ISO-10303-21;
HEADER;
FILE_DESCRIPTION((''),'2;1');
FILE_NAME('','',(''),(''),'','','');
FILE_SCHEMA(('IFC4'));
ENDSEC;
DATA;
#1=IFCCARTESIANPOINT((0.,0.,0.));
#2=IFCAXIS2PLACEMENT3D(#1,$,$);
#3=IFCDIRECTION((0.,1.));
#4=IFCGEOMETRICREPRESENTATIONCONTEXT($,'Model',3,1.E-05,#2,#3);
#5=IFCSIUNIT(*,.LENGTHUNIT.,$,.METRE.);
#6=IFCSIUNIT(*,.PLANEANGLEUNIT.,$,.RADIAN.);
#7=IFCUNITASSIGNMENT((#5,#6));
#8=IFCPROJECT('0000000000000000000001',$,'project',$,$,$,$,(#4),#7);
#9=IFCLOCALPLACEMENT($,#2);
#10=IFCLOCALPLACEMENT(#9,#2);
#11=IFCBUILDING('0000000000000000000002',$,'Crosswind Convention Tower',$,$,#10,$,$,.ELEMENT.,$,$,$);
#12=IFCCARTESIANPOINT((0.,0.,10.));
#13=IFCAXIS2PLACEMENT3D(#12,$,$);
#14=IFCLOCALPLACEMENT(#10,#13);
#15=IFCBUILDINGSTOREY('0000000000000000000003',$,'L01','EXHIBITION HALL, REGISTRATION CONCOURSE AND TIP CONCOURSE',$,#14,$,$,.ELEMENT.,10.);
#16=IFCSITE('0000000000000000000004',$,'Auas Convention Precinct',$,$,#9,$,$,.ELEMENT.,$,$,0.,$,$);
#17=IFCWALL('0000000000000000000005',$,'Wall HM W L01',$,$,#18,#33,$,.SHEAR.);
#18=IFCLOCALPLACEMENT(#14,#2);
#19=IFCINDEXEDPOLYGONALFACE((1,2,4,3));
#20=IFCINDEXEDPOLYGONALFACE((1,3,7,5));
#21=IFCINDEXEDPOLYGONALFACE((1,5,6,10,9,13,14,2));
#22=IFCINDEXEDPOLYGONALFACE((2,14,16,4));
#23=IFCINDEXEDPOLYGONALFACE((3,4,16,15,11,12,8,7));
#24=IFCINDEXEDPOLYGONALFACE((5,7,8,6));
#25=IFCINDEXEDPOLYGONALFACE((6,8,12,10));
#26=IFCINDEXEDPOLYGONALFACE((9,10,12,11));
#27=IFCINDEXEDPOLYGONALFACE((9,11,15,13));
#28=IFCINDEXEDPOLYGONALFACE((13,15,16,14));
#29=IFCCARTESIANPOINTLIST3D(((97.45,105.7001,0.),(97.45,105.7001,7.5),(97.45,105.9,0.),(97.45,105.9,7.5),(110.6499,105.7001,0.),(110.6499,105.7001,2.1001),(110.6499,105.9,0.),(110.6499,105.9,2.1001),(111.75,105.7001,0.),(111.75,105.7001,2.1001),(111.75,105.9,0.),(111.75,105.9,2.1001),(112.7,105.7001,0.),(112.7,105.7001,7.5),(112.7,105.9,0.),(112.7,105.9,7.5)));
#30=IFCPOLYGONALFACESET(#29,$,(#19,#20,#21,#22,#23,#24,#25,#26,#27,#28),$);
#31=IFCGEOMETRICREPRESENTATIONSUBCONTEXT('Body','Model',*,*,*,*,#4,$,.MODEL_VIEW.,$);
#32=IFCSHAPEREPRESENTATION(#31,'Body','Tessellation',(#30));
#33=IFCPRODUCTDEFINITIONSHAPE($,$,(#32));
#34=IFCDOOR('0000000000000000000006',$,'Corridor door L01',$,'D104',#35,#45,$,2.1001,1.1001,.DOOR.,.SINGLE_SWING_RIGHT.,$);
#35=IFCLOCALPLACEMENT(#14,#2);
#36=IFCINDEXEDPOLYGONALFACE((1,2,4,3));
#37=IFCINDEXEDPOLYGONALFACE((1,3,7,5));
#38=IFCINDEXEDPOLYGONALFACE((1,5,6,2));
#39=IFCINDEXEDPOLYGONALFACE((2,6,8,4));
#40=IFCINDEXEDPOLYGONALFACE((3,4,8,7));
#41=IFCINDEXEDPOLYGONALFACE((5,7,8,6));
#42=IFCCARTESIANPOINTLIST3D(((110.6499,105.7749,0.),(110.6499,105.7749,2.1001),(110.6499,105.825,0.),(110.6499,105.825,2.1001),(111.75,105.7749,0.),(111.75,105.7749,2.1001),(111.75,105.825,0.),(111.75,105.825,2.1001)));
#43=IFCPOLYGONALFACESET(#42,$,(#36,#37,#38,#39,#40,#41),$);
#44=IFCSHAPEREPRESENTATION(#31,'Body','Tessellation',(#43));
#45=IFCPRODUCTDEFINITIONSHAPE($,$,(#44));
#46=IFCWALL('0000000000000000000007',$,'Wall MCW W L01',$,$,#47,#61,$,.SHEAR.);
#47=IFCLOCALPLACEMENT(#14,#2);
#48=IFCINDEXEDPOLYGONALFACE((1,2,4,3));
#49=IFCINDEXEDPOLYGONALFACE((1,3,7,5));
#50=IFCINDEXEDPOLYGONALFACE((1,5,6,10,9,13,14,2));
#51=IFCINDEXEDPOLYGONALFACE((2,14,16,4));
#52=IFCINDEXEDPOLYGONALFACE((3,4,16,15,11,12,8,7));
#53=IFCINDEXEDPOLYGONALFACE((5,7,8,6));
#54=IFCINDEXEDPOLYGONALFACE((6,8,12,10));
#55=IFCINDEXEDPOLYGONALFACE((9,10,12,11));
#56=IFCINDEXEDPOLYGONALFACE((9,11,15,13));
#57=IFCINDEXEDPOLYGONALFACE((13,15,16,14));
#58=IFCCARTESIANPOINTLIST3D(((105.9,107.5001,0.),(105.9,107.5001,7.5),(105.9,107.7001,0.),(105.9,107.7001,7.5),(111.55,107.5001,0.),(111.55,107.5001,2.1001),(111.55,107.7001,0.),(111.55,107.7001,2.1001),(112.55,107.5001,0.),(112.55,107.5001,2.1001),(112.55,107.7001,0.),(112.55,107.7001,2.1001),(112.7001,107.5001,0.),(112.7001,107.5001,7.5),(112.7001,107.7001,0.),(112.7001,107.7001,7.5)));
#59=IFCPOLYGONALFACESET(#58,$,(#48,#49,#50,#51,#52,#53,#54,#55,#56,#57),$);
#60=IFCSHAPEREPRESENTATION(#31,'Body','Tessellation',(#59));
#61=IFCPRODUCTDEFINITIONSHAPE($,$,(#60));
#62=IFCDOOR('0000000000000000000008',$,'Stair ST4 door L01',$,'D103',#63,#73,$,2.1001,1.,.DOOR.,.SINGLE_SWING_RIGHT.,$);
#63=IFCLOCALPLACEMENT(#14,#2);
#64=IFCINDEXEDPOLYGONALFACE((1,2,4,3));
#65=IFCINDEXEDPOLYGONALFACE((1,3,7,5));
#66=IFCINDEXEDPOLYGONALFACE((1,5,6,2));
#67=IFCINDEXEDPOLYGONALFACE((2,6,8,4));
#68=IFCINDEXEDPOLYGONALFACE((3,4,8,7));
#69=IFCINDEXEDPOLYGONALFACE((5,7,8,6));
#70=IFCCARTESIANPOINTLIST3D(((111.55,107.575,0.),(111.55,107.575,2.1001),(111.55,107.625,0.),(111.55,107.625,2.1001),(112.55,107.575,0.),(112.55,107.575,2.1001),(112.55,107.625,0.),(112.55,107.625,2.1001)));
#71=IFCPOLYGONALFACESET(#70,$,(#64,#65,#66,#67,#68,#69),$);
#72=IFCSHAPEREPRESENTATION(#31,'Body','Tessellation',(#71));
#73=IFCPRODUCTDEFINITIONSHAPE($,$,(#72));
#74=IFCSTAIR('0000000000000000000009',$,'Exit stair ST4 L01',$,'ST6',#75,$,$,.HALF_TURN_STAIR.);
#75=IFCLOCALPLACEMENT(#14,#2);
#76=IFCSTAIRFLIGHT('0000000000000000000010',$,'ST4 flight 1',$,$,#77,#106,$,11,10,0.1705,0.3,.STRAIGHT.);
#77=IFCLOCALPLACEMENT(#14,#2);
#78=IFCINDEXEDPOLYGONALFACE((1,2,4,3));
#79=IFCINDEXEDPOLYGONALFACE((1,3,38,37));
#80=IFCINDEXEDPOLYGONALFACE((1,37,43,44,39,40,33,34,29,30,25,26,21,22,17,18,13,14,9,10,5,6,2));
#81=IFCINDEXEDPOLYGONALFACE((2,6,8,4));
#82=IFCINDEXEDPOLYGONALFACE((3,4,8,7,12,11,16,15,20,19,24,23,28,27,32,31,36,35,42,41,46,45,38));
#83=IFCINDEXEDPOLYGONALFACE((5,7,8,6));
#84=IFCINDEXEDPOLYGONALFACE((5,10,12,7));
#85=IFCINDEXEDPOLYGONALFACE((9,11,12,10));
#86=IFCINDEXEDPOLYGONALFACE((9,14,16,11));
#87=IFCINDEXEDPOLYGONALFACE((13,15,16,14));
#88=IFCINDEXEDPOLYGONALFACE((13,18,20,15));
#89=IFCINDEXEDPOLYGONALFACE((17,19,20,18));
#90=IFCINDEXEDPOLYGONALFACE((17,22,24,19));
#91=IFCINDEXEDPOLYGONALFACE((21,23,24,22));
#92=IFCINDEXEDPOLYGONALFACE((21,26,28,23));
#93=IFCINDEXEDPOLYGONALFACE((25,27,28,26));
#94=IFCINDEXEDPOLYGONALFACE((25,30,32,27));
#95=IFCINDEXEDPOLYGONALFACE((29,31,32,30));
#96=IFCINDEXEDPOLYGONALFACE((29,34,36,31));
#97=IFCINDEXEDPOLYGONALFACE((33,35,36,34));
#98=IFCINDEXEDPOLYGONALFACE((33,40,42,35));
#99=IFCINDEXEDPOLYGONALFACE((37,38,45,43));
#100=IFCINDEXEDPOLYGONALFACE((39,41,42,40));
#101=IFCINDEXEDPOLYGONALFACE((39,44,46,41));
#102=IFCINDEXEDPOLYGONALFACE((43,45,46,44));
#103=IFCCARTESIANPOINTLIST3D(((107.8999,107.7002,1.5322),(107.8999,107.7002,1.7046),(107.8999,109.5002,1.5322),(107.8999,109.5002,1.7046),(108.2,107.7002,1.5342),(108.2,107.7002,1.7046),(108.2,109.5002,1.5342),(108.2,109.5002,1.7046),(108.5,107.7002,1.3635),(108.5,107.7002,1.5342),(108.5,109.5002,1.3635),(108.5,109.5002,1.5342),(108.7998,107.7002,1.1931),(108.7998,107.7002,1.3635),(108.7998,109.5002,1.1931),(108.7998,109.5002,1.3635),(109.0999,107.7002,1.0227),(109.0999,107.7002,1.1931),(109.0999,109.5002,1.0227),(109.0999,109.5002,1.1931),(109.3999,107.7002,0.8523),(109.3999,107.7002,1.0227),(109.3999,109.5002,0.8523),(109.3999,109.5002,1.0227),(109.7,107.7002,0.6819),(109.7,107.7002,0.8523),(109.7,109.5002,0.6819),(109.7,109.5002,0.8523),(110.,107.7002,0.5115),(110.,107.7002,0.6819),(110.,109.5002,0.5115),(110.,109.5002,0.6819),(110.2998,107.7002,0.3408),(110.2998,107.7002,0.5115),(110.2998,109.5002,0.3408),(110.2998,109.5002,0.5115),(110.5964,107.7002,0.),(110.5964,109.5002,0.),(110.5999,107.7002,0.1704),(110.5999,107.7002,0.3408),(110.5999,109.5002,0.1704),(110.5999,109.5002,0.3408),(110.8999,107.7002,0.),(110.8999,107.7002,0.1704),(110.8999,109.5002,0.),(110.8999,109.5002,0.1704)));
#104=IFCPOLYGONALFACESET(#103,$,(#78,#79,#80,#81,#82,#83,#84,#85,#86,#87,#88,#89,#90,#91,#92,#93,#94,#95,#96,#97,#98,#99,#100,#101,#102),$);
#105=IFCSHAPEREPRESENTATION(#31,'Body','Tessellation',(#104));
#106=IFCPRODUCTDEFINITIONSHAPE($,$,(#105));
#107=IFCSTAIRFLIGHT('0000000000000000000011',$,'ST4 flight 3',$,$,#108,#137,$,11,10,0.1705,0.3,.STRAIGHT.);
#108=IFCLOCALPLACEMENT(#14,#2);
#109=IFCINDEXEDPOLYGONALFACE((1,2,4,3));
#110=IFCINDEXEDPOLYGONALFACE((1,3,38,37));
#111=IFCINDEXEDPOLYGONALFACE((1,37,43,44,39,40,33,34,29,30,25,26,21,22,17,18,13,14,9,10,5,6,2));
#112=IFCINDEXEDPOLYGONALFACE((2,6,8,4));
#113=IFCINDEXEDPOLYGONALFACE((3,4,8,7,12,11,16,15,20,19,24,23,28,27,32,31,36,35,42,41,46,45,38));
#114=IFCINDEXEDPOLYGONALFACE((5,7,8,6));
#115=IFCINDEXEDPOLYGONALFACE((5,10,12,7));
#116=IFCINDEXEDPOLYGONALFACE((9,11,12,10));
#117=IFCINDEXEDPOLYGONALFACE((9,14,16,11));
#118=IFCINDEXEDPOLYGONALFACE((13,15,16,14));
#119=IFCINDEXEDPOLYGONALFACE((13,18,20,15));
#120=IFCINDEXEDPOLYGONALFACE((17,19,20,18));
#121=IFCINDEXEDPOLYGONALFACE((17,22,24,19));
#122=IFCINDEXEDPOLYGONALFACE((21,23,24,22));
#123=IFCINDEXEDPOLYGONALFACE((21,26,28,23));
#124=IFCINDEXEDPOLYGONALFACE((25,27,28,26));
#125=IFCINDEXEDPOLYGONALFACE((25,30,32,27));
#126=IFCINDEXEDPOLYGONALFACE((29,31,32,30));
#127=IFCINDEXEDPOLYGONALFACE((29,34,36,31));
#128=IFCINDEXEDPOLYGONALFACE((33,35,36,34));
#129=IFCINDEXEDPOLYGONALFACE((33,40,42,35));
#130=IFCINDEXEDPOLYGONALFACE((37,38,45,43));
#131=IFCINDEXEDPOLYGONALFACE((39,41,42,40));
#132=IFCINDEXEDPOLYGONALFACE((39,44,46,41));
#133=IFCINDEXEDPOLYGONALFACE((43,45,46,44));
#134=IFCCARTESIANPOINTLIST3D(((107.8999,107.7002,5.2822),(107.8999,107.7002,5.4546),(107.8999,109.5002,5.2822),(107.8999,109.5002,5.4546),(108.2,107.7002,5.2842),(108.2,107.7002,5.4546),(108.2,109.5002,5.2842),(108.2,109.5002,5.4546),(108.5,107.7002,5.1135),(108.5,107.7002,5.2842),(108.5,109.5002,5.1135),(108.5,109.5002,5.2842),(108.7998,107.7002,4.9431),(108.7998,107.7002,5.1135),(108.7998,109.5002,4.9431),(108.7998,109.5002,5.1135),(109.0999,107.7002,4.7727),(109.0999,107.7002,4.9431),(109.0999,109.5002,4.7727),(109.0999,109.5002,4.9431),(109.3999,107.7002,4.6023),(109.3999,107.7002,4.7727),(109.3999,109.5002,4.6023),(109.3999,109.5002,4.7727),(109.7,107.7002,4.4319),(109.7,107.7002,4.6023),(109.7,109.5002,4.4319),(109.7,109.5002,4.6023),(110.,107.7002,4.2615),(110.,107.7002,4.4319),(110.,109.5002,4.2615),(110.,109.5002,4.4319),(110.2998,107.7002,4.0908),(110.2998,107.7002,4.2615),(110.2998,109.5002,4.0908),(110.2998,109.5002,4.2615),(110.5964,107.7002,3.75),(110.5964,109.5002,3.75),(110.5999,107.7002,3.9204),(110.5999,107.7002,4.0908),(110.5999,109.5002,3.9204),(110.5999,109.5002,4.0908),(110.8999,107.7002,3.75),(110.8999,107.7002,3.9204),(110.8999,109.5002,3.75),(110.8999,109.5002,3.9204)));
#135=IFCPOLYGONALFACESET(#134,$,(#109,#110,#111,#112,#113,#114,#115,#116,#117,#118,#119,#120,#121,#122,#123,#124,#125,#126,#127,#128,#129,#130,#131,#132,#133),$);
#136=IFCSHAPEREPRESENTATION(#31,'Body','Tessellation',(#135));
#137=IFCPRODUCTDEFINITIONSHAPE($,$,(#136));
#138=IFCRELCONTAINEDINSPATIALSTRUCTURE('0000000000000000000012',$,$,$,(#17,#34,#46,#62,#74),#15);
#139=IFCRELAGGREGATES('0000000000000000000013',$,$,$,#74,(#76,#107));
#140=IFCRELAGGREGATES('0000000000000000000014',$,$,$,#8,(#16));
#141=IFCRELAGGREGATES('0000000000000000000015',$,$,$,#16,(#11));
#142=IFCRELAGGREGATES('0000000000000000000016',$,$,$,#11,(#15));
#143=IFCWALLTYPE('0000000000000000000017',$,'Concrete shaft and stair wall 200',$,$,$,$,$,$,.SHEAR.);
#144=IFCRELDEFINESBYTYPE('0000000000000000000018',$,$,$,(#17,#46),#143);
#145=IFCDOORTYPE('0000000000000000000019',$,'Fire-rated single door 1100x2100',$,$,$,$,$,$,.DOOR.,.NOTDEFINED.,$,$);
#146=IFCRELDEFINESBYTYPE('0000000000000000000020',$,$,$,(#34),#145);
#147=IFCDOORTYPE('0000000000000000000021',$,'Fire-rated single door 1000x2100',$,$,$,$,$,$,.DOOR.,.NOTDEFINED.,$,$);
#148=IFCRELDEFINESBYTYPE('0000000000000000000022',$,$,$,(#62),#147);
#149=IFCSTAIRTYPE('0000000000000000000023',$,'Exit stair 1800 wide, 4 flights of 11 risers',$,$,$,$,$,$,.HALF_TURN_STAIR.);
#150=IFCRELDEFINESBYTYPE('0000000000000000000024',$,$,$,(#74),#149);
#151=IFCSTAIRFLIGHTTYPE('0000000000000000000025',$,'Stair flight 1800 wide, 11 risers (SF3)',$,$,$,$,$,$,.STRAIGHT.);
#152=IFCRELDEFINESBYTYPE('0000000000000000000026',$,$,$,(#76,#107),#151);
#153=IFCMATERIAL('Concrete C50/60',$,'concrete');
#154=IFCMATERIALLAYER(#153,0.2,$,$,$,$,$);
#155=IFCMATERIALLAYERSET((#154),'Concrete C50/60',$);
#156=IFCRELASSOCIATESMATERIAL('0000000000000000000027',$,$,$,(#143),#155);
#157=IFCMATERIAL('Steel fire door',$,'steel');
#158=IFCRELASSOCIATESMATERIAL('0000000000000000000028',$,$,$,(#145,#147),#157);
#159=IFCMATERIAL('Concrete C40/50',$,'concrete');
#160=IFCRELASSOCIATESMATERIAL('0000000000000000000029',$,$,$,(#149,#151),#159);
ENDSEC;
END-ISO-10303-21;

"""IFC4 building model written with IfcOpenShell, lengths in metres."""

from ifc_helpers import new_model, si_unit, direction, frame, frame_2d, origin, place, context, subcontext, project, spatial, polyline, rectangle, outline, extrude, material, layer, layer_set, type_object, element, fill, aggregate, save


model = new_model("IFC4")

# Units and contexts
model_context = context("Model", 3, precision=1e-05, world=origin(), true_north=direction((0.0, 1.0)))
body_context = subcontext(model_context, "Body", "Model", "MODEL_VIEW")
ifc_project = project(units=[si_unit("LENGTHUNIT", "METRE"), si_unit("PLANEANGLEUNIT", "RADIAN")], contexts=[model_context])

# Site, building, storey
site_placement = place(None, origin())
site = spatial("IfcSite", under=ifc_project, at=site_placement, Name="Auas Convention Precinct", CompositionType="ELEMENT", RefElevation=0.0)
building_placement = place(site_placement, origin())
building = spatial("IfcBuilding", under=site, at=building_placement, Name="Crosswind Convention Tower", CompositionType="ELEMENT")
storey_placement = place(building_placement, frame((0.0, 0.0, 10.0)))
storey = spatial("IfcBuildingStorey", under=building, at=storey_placement, Name="L01", Description="EXHIBITION HALL, REGISTRATION CONCOURSE AND TIP CONCOURSE", CompositionType="ELEMENT", Elevation=10.0)

# Shared definitions
ifc_material_1 = material(Name="Concrete C50/60", Category="concrete")

# Shared definitions
ifc_layer_1 = layer(ifc_material_1, 0.2)
ifc_layer_set_1 = layer_set([ifc_layer_1], Name="Concrete C50/60")
wall_type_1 = type_object("IfcWallType", Name="Concrete shaft and stair wall 200", PredefinedType="SHEAR", material=ifc_layer_set_1)

# Walls, openings, doors
ifc_material_2 = material(Name="Steel fire door", Category="steel")
door_type_1 = type_object("IfcDoorType", Name="Fire-rated single door 1100x2100", OperationType="NOTDEFINED", PredefinedType="DOOR", material=ifc_material_2)
wall_1_placement = place(storey_placement, frame((112.7, 105.8, 0.0), z_axis=(0.0, 0.0, 1.0), x_axis=(-1.0, 0.0, 0.0)))
wall_1 = element("IfcWall", 1, at=wall_1_placement, inside=storey, type_object=wall_type_1, Name="Wall HM W L01", PredefinedType="SHEAR", context=body_context, shape_type="SweptSolid", body=[
    extrude(rectangle(XDim=15.25, YDim=0.2, at=frame_2d((7.625, 0.0))), origin(), (0.0, 0.0, 1.0), 7.5),
])
opening_1_placement = place(wall_1_placement, frame((0.95, 0.0, 0.0)))
opening_1 = element("IfcOpeningElement", 2, at=opening_1_placement, cuts=wall_1, PredefinedType="OPENING", context=body_context, shape_type="SweptSolid", body=[
    extrude(rectangle(XDim=1.1001, YDim=2.1001, at=frame_2d((0.55, 1.05))), frame((0.0, 0.1099, 0.0), z_axis=(0.0, -1.0, 0.0), x_axis=(1.0, 0.0, 0.0)), (0.0, 0.0, 1.0), 0.22),
])
door_1_placement = place(opening_1_placement, frame((1.1001, 0.0, 0.0), z_axis=(0.0, 0.0, 1.0), x_axis=(-1.0, 0.0, 0.0)))
door_1 = element("IfcDoor", 3, at=door_1_placement, inside=storey, type_object=door_type_1, Name="Corridor door L01", ObjectType="D104", OperationType="SINGLE_SWING_RIGHT", OverallHeight=2.1001, OverallWidth=1.1001, PredefinedType="DOOR", context=body_context, shape_type="SweptSolid", body=[
    extrude(rectangle(XDim=1.1001, YDim=2.1001, at=frame_2d((0.55, 1.05))), frame((0.0, 0.0249, 0.0), z_axis=(0.0, -1.0, 0.0), x_axis=(1.0, 0.0, 0.0)), (0.0, 0.0, 1.0), 0.05),
])
fill(opening_1, door_1)
wall_2_placement = place(storey_placement, frame((112.7, 107.6001, 0.0), z_axis=(0.0, 0.0, 1.0), x_axis=(-1.0, 0.0, 0.0)))
wall_2 = element("IfcWall", 4, at=wall_2_placement, inside=storey, type_object=wall_type_1, Name="Wall MCW W L01", PredefinedType="SHEAR", context=body_context, shape_type="SweptSolid", body=[
    extrude(rectangle(XDim=6.8, YDim=0.2, at=frame_2d((3.3999, 0.0))), origin(), (0.0, 0.0, 1.0), 7.5),
])
opening_2_placement = place(wall_2_placement, frame((0.1499, 0.0, 0.0)))
opening_2 = element("IfcOpeningElement", 5, at=opening_2_placement, cuts=wall_2, PredefinedType="OPENING", context=body_context, shape_type="SweptSolid", body=[
    extrude(rectangle(XDim=1.0, YDim=2.1001, at=frame_2d((0.5, 1.05))), frame((0.0, 0.1099, 0.0), z_axis=(0.0, -1.0, 0.0), x_axis=(1.0, 0.0, 0.0)), (0.0, 0.0, 1.0), 0.22),
])
door_type_2 = type_object("IfcDoorType", Name="Fire-rated single door 1000x2100", OperationType="NOTDEFINED", PredefinedType="DOOR", material=ifc_material_2)
door_2_placement = place(opening_2_placement, frame((1.0, 0.0, 0.0), z_axis=(0.0, 0.0, 1.0), x_axis=(-1.0, 0.0, 0.0)))
door_2 = element("IfcDoor", 6, at=door_2_placement, inside=storey, type_object=door_type_2, Name="Stair ST4 door L01", ObjectType="D103", OperationType="SINGLE_SWING_RIGHT", OverallHeight=2.1001, OverallWidth=1.0, PredefinedType="DOOR", context=body_context, shape_type="SweptSolid", body=[
    extrude(rectangle(XDim=1.0, YDim=2.1001, at=frame_2d((0.5, 1.05))), frame((0.0, 0.0249, 0.0), z_axis=(0.0, -1.0, 0.0), x_axis=(1.0, 0.0, 0.0)), (0.0, 0.0, 1.0), 0.05),
])
fill(opening_2, door_2)

# Stair, stair flights
ifc_material_3 = material(Name="Concrete C40/50", Category="concrete")
stair_type = type_object("IfcStairType", Name="Exit stair 1800 wide, 4 flights of 11 risers", PredefinedType="HALF_TURN_STAIR", material=ifc_material_3)
stair_placement = place(storey_placement, origin())
stair = element("IfcStair", 7, at=stair_placement, inside=storey, type_object=stair_type, Name="Exit stair ST4 L01", ObjectType="ST6", PredefinedType="HALF_TURN_STAIR")
stair_flight_type = type_object("IfcStairFlightType", Name="Stair flight 1800 wide, 11 risers (SF3)", PredefinedType="STRAIGHT", material=ifc_material_3)
stair_flight_1_placement = place(storey_placement, frame((110.8999, 108.6001, 0.0), z_axis=(0.0, 0.0, 1.0), x_axis=(-1.0, 0.0, 0.0)))
stair_flight_1 = element("IfcStairFlight", 8, at=stair_flight_1_placement, type_object=stair_flight_type, Name="ST4 flight 1", NumberOfRisers=11, NumberOfTreads=10, PredefinedType="STRAIGHT", RiserHeight=0.1705, TreadLength=0.3, context=body_context, shape_type="SweptSolid", body=[
    extrude(outline(polyline([(0.0, 0.0), (0.0, 0.1704), (0.3, 0.1704), (0.3, 0.3408), (0.6001, 0.3408), (0.6001, 0.5115), (0.8999, 0.5115), (0.8999, 0.6819), (1.2, 0.6819), (1.2, 0.8523), (1.5, 0.8523), (1.5, 1.0227), (1.8, 1.0227), (1.8, 1.1931), (2.1001, 1.1931), (2.1001, 1.3635), (2.3999, 1.3635), (2.3999, 1.5342), (2.7, 1.5342), (2.7, 1.7046), (3.0, 1.7046), (3.0, 1.875), (3.0, 1.5322), (0.3035, 0.0), (0.0, 0.0)])), frame((0.0, 0.8999, 0.0), z_axis=(0.0, -1.0, 0.0), x_axis=(1.0, 0.0, 0.0)), (0.0, 0.0, 1.0), 1.8),
])
stair_flight_2_placement = place(storey_placement, frame((110.8999, 108.6001, 3.75), z_axis=(0.0, 0.0, 1.0), x_axis=(-1.0, 0.0, 0.0)))
stair_flight_2 = element("IfcStairFlight", 9, at=stair_flight_2_placement, type_object=stair_flight_type, Name="ST4 flight 3", NumberOfRisers=11, NumberOfTreads=10, PredefinedType="STRAIGHT", RiserHeight=0.1705, TreadLength=0.3, context=body_context, shape_type="SweptSolid", body=[
    extrude(outline(polyline([(0.0, 0.0), (0.0, 0.1704), (0.3, 0.1704), (0.3, 0.3408), (0.6001, 0.3408), (0.6001, 0.5115), (0.8999, 0.5115), (0.8999, 0.6819), (1.2, 0.6819), (1.2, 0.8523), (1.5, 0.8523), (1.5, 1.0227), (1.8, 1.0227), (1.8, 1.1931), (2.1001, 1.1931), (2.1001, 1.3635), (2.3999, 1.3635), (2.3999, 1.5342), (2.7, 1.5342), (2.7, 1.7046), (3.0, 1.7046), (3.0, 1.875), (3.0, 1.5322), (0.3035, 0.0), (0.0, 0.0)])), frame((0.0, 0.8999, 0.0), z_axis=(0.0, -1.0, 0.0), x_axis=(1.0, 0.0, 0.0)), (0.0, 0.0, 1.0), 1.8),
])
aggregate(stair, [stair_flight_1, stair_flight_2])

save(model, "model.ifc")
